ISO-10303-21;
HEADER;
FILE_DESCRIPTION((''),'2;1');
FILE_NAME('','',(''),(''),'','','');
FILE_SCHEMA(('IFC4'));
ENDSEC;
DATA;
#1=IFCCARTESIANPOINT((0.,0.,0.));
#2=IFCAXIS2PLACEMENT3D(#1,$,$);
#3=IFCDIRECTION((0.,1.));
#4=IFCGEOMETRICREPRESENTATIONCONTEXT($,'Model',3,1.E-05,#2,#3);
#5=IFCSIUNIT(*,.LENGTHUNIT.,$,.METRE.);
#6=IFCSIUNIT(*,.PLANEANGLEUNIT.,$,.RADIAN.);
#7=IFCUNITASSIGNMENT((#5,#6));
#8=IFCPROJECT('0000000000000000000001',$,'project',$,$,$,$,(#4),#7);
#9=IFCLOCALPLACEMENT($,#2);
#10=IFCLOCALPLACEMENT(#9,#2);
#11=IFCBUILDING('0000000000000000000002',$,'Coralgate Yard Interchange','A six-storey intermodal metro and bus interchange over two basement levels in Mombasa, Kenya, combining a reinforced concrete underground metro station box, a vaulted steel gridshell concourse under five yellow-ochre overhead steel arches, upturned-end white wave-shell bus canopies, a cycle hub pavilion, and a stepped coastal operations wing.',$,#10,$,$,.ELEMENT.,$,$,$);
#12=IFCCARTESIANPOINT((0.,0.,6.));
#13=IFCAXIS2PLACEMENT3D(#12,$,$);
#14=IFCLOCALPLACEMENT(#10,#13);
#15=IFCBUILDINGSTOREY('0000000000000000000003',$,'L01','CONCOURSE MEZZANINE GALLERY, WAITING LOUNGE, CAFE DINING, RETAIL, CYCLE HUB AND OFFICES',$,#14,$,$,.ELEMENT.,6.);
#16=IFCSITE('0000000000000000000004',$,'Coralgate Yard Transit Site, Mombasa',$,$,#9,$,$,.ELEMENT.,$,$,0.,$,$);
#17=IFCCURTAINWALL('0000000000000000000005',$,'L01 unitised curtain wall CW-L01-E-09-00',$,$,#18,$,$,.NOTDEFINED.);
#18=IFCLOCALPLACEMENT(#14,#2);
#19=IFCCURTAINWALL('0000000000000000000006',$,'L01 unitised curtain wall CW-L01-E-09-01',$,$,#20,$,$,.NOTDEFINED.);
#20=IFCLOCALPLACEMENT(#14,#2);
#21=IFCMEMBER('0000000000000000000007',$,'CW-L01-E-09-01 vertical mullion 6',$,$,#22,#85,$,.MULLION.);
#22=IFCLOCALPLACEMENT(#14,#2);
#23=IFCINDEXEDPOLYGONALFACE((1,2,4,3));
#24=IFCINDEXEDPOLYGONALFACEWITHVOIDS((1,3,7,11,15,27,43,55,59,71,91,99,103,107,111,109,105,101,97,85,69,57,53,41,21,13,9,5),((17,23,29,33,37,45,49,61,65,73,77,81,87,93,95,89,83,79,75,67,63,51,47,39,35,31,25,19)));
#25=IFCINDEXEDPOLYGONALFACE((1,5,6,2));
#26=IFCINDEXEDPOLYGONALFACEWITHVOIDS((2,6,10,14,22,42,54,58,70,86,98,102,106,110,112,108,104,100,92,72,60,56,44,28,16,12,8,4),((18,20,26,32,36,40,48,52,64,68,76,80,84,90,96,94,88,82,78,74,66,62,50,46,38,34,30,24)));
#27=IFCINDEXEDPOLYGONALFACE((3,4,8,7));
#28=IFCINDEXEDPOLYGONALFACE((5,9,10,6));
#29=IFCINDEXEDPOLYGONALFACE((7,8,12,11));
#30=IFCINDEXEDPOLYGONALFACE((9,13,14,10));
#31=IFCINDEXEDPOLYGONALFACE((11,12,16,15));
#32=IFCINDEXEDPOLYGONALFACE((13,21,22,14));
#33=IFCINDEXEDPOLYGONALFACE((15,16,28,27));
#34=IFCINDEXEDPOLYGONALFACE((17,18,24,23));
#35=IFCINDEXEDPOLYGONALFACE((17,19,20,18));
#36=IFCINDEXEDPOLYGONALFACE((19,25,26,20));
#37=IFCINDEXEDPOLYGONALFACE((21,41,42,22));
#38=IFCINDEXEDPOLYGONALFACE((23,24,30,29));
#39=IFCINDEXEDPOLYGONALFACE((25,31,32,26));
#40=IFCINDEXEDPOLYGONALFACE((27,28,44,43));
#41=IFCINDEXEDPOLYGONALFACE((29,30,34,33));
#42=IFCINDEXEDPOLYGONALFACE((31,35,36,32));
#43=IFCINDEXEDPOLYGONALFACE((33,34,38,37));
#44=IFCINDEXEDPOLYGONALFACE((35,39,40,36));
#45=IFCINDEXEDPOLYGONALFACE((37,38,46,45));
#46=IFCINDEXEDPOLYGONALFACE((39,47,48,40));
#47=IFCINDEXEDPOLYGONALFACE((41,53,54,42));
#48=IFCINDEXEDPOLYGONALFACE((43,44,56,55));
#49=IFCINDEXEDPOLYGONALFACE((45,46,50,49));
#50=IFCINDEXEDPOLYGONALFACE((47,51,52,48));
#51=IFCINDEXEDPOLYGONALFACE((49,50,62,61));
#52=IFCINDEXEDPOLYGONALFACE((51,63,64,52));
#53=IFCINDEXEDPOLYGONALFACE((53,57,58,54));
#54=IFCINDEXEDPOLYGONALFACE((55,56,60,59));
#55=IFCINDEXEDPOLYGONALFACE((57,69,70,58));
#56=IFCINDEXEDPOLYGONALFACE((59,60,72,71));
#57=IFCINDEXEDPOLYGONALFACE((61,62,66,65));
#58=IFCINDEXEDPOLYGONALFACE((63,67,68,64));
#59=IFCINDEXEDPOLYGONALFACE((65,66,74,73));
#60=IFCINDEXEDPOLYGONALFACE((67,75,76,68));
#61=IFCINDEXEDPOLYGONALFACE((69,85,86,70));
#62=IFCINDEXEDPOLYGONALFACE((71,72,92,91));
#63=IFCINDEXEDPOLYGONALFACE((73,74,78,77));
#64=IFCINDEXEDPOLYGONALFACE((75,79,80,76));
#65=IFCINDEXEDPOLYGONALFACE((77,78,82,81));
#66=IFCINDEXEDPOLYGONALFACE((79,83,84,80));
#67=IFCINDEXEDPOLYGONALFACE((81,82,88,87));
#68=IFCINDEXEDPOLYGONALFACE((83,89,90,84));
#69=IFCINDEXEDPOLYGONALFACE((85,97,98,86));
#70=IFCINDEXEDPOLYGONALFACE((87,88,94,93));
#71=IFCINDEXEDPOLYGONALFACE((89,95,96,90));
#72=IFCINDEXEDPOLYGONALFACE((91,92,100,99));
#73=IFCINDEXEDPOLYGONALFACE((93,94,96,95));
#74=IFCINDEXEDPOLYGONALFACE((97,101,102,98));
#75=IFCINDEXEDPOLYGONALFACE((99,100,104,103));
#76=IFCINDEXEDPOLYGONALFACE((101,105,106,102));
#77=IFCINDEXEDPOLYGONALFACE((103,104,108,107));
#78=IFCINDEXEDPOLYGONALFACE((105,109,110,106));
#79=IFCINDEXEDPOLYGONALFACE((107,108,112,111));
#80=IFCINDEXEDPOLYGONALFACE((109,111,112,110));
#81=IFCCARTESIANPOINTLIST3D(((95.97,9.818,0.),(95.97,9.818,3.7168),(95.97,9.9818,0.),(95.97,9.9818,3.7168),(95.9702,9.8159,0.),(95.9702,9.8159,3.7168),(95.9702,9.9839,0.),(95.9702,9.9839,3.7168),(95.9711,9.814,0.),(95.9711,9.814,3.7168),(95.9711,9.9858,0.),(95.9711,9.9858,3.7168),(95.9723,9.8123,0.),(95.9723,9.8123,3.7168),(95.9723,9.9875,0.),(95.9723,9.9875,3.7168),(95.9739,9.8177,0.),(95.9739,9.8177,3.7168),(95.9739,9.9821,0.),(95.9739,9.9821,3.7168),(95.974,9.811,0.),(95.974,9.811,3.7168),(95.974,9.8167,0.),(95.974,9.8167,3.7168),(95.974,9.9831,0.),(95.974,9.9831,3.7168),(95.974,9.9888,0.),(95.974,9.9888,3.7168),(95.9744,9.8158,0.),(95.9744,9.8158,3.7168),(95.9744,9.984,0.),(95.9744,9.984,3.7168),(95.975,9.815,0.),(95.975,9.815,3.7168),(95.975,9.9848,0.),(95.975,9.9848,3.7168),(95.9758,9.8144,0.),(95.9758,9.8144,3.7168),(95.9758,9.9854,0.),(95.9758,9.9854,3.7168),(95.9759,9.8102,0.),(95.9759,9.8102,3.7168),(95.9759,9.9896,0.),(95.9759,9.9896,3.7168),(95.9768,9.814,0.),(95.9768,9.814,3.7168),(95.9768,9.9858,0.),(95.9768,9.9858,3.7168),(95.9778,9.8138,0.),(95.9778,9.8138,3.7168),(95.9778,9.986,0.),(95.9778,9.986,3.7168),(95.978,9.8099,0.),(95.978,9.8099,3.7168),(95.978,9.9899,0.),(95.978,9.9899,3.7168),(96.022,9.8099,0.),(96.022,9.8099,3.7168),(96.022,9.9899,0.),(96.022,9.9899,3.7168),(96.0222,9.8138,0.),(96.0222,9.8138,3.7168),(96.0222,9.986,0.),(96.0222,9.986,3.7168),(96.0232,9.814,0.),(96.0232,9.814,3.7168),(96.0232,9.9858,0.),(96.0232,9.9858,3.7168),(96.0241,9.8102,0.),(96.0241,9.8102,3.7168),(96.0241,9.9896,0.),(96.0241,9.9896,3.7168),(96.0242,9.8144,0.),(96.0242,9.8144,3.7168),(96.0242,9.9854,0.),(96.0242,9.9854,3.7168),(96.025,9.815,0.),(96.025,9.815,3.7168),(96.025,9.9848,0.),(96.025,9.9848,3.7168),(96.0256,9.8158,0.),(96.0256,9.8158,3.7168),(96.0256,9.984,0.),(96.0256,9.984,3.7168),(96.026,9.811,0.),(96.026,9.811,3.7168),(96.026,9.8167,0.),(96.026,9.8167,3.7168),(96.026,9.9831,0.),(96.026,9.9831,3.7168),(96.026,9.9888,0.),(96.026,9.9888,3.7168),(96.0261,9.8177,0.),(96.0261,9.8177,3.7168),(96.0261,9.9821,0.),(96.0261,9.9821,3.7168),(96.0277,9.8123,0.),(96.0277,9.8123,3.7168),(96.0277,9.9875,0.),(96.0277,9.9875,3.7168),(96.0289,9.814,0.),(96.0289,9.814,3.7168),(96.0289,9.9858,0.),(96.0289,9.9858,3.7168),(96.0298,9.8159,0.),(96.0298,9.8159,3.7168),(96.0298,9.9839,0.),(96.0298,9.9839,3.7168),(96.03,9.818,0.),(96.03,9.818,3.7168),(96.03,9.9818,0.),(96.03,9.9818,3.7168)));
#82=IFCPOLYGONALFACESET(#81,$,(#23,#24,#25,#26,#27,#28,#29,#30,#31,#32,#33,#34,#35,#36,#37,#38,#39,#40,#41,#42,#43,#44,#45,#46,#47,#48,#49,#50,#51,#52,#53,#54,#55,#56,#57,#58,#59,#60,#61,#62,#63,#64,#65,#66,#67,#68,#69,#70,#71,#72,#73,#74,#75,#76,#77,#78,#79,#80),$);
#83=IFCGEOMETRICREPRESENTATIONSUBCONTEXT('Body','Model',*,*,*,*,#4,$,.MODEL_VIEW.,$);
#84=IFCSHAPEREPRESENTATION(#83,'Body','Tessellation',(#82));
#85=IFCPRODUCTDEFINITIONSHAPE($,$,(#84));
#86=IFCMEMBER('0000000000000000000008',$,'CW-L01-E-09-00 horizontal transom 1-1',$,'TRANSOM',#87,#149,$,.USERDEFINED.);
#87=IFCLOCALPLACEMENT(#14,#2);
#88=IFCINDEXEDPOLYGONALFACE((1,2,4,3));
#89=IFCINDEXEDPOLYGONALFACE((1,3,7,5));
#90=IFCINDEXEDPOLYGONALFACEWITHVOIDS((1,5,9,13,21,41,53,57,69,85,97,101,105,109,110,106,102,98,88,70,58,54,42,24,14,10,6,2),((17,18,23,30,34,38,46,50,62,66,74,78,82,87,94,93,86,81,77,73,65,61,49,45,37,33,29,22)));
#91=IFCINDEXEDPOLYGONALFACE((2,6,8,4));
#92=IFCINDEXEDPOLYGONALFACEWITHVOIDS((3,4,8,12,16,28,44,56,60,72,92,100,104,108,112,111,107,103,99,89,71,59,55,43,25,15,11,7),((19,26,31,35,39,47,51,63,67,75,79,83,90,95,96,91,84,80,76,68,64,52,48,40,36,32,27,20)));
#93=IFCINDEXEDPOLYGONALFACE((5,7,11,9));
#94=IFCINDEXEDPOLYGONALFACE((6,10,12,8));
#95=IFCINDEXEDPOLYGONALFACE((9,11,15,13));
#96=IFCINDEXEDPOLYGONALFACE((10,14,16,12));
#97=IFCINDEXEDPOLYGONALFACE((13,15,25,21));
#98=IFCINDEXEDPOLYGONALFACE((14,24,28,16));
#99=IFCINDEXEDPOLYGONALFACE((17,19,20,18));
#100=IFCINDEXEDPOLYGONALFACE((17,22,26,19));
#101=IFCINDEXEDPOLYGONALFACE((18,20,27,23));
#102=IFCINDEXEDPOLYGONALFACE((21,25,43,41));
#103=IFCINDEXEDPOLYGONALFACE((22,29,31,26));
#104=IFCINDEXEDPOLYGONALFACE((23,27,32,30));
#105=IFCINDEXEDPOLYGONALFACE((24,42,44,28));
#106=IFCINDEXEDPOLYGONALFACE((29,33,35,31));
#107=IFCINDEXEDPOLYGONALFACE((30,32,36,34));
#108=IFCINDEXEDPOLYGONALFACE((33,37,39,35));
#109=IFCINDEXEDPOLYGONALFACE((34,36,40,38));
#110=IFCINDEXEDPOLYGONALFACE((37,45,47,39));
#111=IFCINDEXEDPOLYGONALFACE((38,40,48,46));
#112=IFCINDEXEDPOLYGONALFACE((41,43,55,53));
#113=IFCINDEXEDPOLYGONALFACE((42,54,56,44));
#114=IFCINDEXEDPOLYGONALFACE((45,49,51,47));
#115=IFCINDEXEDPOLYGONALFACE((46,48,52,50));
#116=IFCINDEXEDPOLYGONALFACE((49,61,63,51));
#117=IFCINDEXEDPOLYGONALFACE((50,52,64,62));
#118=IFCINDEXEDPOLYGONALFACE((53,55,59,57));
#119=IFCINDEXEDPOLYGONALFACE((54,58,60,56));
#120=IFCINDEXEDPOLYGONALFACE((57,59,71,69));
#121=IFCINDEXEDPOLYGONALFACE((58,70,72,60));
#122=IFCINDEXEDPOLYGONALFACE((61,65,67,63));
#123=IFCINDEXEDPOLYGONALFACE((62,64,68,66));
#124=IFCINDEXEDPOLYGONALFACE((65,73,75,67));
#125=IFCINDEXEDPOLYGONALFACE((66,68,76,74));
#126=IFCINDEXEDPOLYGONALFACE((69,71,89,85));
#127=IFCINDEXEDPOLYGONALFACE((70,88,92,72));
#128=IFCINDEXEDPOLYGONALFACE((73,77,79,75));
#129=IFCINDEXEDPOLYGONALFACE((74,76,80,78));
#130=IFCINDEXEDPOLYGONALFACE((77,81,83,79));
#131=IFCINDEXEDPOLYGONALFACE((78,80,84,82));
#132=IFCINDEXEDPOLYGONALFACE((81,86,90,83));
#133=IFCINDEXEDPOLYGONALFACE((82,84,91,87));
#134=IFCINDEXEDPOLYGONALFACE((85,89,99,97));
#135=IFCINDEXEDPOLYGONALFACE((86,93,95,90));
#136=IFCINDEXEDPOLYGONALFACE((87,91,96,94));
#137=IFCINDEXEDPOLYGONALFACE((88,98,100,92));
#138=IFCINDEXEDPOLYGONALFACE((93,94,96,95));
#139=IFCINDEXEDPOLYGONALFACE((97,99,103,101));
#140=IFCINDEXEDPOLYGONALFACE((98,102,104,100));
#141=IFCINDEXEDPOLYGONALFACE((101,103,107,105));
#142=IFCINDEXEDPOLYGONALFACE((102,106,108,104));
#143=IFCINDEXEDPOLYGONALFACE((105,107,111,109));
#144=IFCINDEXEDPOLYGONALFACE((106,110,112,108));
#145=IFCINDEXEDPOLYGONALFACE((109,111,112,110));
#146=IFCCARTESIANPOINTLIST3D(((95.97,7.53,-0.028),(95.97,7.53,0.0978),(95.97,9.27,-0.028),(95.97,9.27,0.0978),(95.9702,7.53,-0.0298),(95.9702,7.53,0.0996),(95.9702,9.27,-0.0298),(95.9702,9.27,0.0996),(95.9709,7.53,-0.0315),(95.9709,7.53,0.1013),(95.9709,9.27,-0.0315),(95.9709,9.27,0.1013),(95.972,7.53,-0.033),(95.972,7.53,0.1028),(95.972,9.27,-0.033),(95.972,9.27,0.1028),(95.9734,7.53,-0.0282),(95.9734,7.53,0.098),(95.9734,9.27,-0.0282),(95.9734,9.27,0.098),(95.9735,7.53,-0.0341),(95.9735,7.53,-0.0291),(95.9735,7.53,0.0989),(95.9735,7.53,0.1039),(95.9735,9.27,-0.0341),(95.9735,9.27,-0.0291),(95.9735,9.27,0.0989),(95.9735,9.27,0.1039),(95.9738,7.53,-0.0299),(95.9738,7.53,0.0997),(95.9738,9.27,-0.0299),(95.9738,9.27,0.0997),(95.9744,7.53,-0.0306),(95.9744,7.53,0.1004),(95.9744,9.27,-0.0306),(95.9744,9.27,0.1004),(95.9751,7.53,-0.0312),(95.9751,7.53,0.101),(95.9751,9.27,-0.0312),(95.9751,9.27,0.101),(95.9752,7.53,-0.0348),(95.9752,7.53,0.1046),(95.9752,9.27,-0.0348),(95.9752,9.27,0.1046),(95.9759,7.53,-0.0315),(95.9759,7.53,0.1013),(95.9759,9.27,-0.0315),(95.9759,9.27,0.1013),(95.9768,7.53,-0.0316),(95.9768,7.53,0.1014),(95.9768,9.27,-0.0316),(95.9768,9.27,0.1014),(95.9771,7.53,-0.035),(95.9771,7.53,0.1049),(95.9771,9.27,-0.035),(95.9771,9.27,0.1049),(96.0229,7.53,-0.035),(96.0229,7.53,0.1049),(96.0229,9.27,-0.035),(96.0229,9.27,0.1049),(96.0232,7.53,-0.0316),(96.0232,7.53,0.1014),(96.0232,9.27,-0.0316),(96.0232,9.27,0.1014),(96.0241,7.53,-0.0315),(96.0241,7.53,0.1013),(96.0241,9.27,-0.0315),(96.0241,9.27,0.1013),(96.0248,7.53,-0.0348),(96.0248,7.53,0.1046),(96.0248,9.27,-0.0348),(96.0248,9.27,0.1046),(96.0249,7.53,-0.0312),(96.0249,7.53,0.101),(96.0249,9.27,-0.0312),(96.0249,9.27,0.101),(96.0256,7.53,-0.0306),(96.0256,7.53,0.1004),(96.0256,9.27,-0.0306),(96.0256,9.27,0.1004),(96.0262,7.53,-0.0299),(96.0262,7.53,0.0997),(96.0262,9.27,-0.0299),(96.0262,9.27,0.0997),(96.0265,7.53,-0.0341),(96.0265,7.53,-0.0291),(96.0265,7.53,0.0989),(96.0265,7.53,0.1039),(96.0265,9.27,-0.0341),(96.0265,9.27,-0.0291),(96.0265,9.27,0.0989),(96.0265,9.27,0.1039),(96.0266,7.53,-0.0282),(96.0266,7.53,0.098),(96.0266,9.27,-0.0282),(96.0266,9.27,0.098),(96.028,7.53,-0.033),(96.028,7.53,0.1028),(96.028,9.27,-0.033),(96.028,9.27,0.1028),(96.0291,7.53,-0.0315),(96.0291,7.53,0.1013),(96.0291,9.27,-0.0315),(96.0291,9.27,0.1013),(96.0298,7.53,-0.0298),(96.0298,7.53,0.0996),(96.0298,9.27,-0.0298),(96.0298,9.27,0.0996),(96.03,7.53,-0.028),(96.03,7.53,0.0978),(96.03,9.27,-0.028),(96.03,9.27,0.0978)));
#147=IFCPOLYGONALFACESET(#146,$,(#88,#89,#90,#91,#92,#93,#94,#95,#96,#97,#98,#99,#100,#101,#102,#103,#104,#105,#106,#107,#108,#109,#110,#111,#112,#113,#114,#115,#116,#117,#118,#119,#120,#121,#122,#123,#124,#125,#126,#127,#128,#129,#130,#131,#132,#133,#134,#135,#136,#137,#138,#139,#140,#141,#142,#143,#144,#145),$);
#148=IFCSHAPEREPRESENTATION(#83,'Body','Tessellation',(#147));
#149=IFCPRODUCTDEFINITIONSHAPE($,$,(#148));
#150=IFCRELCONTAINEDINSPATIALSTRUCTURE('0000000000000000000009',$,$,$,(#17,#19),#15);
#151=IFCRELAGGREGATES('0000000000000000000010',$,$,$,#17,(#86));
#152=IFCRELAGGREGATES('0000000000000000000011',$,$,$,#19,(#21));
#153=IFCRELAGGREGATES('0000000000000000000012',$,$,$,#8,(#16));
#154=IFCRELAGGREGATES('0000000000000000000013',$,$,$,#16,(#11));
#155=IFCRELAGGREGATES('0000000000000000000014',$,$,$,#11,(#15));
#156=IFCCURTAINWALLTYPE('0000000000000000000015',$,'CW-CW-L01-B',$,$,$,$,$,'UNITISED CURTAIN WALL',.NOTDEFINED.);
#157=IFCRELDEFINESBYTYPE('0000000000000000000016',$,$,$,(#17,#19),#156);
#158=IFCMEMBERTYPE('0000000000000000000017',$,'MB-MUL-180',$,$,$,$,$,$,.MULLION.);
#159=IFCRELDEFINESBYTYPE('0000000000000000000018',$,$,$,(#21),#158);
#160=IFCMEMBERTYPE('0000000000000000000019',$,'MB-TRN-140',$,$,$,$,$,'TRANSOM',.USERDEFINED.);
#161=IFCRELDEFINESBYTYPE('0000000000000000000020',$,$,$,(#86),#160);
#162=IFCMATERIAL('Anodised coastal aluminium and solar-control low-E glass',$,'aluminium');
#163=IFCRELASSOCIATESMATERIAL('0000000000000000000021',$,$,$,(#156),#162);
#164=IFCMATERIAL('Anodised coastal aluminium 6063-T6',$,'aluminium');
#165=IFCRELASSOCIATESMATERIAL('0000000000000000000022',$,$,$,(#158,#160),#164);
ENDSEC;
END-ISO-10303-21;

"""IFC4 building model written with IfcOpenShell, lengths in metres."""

from ifc_helpers import new_model, si_unit, direction, frame, origin, origin_2d, place, context, subcontext, project, spatial, hollow_rectangle, extrude, material, material_profile, profile_set, type_object, element, aggregate, save


model = new_model("IFC4")

# Units and contexts
model_context = context("Model", 3, precision=1e-05, world=origin(), true_north=direction((0.0, 1.0)))
body_context = subcontext(model_context, "Body", "Model", "MODEL_VIEW")
ifc_project = project(units=[si_unit("LENGTHUNIT", "METRE"), si_unit("PLANEANGLEUNIT", "RADIAN")], contexts=[model_context])

# Site, building, storey
site_placement = place(None, origin())
site = spatial("IfcSite", under=ifc_project, at=site_placement, Name="Coralgate Yard Transit Site, Mombasa", CompositionType="ELEMENT", RefElevation=0.0)
building_placement = place(site_placement, origin())
building = spatial("IfcBuilding", under=site, at=building_placement, Name="Coralgate Yard Interchange", Description="A six-storey intermodal metro and bus interchange over two basement levels in Mombasa, Kenya, combining a reinforced concrete underground metro station box, a vaulted steel gridshell concourse under five yellow-ochre overhead steel arches, upturned-end white wave-shell bus canopies, a cycle hub pavilion, and a stepped coastal operations wing.", CompositionType="ELEMENT")
storey_placement = place(building_placement, frame((0.0, 0.0, 6.0)))
storey = spatial("IfcBuildingStorey", under=building, at=storey_placement, Name="L01", Description="CONCOURSE MEZZANINE GALLERY, WAITING LOUNGE, CAFE DINING, RETAIL, CYCLE HUB AND OFFICES", CompositionType="ELEMENT", Elevation=6.0)

# Curtain walls, member
ifc_material_1 = material(Name="Anodised coastal aluminium and solar-control low-E glass", Category="aluminium")
curtain_wall_type = type_object("IfcCurtainWallType", Name="CW-CW-L01-B", ElementType="UNITISED CURTAIN WALL", PredefinedType="NOTDEFINED", material=ifc_material_1)
curtain_wall_1_placement = place(storey_placement, origin())
curtain_wall_1 = element("IfcCurtainWall", 1, at=curtain_wall_1_placement, inside=storey, type_object=curtain_wall_type, Name="L01 unitised curtain wall CW-L01-E-09-00", PredefinedType="NOTDEFINED")
ifc_material_2 = material(Name="Anodised coastal aluminium 6063-T6", Category="aluminium")
ifc_material_profile_1 = material_profile(ifc_material_2, hollow_rectangle(XDim=0.0601, YDim=0.1799, WallThickness=0.0039, InnerFilletRadius=0.0039, OuterFilletRadius=0.0081, at=origin_2d()), Name="ALU 60x180x4")
ifc_profile_set_1 = profile_set([ifc_material_profile_1], Name="Anodised coastal aluminium 6063-T6")
member_type_1 = type_object("IfcMemberType", Name="MB-MUL-180", PredefinedType="MULLION", material=ifc_profile_set_1)
curtain_wall_2_placement = place(storey_placement, origin())
curtain_wall_2 = element("IfcCurtainWall", 2, at=curtain_wall_2_placement, inside=storey, type_object=curtain_wall_type, Name="L01 unitised curtain wall CW-L01-E-09-01", PredefinedType="NOTDEFINED")
member_1_placement = place(storey_placement, frame((96.0, 9.8999, 0.0), z_axis=(0.0, 0.0, 1.0), x_axis=(1.0, 0.0, 0.0)))
member_1 = element("IfcMember", 3, at=member_1_placement, type_object=member_type_1, Name="CW-L01-E-09-01 vertical mullion 6", PredefinedType="MULLION", context=body_context, shape_type="SweptSolid", body=[
    extrude(hollow_rectangle(XDim=0.0601, YDim=0.1799, WallThickness=0.0039, InnerFilletRadius=0.0039, OuterFilletRadius=0.0081, at=origin_2d()), origin(), (0.0, 0.0, 1.0), 3.7168),
])

# Member
ifc_material_profile_2 = material_profile(ifc_material_2, hollow_rectangle(XDim=0.0601, YDim=0.1399, WallThickness=0.0034, InnerFilletRadius=0.0034, OuterFilletRadius=0.0071, at=origin_2d()), Name="ALU 60x140x3.5")
ifc_profile_set_2 = profile_set([ifc_material_profile_2], Name="Anodised coastal aluminium 6063-T6")
member_type_2 = type_object("IfcMemberType", Name="MB-TRN-140", ElementType="TRANSOM", PredefinedType="USERDEFINED", material=ifc_profile_set_2)
member_2_placement = place(storey_placement, frame((96.0, 9.27, 0.0349), z_axis=(0.0, -1.0, 0.0), x_axis=(1.0, 0.0, 0.0)))
member_2 = element("IfcMember", 4, at=member_2_placement, type_object=member_type_2, Name="CW-L01-E-09-00 horizontal transom 1-1", ObjectType="TRANSOM", PredefinedType="USERDEFINED", context=body_context, shape_type="SweptSolid", body=[
    extrude(hollow_rectangle(XDim=0.0601, YDim=0.1399, WallThickness=0.0034, InnerFilletRadius=0.0034, OuterFilletRadius=0.0071, at=origin_2d()), origin(), (0.0, 0.0, 1.0), 1.74),
])

aggregate(curtain_wall_1, [member_2])
aggregate(curtain_wall_2, [member_1])

save(model, "model.ifc")
